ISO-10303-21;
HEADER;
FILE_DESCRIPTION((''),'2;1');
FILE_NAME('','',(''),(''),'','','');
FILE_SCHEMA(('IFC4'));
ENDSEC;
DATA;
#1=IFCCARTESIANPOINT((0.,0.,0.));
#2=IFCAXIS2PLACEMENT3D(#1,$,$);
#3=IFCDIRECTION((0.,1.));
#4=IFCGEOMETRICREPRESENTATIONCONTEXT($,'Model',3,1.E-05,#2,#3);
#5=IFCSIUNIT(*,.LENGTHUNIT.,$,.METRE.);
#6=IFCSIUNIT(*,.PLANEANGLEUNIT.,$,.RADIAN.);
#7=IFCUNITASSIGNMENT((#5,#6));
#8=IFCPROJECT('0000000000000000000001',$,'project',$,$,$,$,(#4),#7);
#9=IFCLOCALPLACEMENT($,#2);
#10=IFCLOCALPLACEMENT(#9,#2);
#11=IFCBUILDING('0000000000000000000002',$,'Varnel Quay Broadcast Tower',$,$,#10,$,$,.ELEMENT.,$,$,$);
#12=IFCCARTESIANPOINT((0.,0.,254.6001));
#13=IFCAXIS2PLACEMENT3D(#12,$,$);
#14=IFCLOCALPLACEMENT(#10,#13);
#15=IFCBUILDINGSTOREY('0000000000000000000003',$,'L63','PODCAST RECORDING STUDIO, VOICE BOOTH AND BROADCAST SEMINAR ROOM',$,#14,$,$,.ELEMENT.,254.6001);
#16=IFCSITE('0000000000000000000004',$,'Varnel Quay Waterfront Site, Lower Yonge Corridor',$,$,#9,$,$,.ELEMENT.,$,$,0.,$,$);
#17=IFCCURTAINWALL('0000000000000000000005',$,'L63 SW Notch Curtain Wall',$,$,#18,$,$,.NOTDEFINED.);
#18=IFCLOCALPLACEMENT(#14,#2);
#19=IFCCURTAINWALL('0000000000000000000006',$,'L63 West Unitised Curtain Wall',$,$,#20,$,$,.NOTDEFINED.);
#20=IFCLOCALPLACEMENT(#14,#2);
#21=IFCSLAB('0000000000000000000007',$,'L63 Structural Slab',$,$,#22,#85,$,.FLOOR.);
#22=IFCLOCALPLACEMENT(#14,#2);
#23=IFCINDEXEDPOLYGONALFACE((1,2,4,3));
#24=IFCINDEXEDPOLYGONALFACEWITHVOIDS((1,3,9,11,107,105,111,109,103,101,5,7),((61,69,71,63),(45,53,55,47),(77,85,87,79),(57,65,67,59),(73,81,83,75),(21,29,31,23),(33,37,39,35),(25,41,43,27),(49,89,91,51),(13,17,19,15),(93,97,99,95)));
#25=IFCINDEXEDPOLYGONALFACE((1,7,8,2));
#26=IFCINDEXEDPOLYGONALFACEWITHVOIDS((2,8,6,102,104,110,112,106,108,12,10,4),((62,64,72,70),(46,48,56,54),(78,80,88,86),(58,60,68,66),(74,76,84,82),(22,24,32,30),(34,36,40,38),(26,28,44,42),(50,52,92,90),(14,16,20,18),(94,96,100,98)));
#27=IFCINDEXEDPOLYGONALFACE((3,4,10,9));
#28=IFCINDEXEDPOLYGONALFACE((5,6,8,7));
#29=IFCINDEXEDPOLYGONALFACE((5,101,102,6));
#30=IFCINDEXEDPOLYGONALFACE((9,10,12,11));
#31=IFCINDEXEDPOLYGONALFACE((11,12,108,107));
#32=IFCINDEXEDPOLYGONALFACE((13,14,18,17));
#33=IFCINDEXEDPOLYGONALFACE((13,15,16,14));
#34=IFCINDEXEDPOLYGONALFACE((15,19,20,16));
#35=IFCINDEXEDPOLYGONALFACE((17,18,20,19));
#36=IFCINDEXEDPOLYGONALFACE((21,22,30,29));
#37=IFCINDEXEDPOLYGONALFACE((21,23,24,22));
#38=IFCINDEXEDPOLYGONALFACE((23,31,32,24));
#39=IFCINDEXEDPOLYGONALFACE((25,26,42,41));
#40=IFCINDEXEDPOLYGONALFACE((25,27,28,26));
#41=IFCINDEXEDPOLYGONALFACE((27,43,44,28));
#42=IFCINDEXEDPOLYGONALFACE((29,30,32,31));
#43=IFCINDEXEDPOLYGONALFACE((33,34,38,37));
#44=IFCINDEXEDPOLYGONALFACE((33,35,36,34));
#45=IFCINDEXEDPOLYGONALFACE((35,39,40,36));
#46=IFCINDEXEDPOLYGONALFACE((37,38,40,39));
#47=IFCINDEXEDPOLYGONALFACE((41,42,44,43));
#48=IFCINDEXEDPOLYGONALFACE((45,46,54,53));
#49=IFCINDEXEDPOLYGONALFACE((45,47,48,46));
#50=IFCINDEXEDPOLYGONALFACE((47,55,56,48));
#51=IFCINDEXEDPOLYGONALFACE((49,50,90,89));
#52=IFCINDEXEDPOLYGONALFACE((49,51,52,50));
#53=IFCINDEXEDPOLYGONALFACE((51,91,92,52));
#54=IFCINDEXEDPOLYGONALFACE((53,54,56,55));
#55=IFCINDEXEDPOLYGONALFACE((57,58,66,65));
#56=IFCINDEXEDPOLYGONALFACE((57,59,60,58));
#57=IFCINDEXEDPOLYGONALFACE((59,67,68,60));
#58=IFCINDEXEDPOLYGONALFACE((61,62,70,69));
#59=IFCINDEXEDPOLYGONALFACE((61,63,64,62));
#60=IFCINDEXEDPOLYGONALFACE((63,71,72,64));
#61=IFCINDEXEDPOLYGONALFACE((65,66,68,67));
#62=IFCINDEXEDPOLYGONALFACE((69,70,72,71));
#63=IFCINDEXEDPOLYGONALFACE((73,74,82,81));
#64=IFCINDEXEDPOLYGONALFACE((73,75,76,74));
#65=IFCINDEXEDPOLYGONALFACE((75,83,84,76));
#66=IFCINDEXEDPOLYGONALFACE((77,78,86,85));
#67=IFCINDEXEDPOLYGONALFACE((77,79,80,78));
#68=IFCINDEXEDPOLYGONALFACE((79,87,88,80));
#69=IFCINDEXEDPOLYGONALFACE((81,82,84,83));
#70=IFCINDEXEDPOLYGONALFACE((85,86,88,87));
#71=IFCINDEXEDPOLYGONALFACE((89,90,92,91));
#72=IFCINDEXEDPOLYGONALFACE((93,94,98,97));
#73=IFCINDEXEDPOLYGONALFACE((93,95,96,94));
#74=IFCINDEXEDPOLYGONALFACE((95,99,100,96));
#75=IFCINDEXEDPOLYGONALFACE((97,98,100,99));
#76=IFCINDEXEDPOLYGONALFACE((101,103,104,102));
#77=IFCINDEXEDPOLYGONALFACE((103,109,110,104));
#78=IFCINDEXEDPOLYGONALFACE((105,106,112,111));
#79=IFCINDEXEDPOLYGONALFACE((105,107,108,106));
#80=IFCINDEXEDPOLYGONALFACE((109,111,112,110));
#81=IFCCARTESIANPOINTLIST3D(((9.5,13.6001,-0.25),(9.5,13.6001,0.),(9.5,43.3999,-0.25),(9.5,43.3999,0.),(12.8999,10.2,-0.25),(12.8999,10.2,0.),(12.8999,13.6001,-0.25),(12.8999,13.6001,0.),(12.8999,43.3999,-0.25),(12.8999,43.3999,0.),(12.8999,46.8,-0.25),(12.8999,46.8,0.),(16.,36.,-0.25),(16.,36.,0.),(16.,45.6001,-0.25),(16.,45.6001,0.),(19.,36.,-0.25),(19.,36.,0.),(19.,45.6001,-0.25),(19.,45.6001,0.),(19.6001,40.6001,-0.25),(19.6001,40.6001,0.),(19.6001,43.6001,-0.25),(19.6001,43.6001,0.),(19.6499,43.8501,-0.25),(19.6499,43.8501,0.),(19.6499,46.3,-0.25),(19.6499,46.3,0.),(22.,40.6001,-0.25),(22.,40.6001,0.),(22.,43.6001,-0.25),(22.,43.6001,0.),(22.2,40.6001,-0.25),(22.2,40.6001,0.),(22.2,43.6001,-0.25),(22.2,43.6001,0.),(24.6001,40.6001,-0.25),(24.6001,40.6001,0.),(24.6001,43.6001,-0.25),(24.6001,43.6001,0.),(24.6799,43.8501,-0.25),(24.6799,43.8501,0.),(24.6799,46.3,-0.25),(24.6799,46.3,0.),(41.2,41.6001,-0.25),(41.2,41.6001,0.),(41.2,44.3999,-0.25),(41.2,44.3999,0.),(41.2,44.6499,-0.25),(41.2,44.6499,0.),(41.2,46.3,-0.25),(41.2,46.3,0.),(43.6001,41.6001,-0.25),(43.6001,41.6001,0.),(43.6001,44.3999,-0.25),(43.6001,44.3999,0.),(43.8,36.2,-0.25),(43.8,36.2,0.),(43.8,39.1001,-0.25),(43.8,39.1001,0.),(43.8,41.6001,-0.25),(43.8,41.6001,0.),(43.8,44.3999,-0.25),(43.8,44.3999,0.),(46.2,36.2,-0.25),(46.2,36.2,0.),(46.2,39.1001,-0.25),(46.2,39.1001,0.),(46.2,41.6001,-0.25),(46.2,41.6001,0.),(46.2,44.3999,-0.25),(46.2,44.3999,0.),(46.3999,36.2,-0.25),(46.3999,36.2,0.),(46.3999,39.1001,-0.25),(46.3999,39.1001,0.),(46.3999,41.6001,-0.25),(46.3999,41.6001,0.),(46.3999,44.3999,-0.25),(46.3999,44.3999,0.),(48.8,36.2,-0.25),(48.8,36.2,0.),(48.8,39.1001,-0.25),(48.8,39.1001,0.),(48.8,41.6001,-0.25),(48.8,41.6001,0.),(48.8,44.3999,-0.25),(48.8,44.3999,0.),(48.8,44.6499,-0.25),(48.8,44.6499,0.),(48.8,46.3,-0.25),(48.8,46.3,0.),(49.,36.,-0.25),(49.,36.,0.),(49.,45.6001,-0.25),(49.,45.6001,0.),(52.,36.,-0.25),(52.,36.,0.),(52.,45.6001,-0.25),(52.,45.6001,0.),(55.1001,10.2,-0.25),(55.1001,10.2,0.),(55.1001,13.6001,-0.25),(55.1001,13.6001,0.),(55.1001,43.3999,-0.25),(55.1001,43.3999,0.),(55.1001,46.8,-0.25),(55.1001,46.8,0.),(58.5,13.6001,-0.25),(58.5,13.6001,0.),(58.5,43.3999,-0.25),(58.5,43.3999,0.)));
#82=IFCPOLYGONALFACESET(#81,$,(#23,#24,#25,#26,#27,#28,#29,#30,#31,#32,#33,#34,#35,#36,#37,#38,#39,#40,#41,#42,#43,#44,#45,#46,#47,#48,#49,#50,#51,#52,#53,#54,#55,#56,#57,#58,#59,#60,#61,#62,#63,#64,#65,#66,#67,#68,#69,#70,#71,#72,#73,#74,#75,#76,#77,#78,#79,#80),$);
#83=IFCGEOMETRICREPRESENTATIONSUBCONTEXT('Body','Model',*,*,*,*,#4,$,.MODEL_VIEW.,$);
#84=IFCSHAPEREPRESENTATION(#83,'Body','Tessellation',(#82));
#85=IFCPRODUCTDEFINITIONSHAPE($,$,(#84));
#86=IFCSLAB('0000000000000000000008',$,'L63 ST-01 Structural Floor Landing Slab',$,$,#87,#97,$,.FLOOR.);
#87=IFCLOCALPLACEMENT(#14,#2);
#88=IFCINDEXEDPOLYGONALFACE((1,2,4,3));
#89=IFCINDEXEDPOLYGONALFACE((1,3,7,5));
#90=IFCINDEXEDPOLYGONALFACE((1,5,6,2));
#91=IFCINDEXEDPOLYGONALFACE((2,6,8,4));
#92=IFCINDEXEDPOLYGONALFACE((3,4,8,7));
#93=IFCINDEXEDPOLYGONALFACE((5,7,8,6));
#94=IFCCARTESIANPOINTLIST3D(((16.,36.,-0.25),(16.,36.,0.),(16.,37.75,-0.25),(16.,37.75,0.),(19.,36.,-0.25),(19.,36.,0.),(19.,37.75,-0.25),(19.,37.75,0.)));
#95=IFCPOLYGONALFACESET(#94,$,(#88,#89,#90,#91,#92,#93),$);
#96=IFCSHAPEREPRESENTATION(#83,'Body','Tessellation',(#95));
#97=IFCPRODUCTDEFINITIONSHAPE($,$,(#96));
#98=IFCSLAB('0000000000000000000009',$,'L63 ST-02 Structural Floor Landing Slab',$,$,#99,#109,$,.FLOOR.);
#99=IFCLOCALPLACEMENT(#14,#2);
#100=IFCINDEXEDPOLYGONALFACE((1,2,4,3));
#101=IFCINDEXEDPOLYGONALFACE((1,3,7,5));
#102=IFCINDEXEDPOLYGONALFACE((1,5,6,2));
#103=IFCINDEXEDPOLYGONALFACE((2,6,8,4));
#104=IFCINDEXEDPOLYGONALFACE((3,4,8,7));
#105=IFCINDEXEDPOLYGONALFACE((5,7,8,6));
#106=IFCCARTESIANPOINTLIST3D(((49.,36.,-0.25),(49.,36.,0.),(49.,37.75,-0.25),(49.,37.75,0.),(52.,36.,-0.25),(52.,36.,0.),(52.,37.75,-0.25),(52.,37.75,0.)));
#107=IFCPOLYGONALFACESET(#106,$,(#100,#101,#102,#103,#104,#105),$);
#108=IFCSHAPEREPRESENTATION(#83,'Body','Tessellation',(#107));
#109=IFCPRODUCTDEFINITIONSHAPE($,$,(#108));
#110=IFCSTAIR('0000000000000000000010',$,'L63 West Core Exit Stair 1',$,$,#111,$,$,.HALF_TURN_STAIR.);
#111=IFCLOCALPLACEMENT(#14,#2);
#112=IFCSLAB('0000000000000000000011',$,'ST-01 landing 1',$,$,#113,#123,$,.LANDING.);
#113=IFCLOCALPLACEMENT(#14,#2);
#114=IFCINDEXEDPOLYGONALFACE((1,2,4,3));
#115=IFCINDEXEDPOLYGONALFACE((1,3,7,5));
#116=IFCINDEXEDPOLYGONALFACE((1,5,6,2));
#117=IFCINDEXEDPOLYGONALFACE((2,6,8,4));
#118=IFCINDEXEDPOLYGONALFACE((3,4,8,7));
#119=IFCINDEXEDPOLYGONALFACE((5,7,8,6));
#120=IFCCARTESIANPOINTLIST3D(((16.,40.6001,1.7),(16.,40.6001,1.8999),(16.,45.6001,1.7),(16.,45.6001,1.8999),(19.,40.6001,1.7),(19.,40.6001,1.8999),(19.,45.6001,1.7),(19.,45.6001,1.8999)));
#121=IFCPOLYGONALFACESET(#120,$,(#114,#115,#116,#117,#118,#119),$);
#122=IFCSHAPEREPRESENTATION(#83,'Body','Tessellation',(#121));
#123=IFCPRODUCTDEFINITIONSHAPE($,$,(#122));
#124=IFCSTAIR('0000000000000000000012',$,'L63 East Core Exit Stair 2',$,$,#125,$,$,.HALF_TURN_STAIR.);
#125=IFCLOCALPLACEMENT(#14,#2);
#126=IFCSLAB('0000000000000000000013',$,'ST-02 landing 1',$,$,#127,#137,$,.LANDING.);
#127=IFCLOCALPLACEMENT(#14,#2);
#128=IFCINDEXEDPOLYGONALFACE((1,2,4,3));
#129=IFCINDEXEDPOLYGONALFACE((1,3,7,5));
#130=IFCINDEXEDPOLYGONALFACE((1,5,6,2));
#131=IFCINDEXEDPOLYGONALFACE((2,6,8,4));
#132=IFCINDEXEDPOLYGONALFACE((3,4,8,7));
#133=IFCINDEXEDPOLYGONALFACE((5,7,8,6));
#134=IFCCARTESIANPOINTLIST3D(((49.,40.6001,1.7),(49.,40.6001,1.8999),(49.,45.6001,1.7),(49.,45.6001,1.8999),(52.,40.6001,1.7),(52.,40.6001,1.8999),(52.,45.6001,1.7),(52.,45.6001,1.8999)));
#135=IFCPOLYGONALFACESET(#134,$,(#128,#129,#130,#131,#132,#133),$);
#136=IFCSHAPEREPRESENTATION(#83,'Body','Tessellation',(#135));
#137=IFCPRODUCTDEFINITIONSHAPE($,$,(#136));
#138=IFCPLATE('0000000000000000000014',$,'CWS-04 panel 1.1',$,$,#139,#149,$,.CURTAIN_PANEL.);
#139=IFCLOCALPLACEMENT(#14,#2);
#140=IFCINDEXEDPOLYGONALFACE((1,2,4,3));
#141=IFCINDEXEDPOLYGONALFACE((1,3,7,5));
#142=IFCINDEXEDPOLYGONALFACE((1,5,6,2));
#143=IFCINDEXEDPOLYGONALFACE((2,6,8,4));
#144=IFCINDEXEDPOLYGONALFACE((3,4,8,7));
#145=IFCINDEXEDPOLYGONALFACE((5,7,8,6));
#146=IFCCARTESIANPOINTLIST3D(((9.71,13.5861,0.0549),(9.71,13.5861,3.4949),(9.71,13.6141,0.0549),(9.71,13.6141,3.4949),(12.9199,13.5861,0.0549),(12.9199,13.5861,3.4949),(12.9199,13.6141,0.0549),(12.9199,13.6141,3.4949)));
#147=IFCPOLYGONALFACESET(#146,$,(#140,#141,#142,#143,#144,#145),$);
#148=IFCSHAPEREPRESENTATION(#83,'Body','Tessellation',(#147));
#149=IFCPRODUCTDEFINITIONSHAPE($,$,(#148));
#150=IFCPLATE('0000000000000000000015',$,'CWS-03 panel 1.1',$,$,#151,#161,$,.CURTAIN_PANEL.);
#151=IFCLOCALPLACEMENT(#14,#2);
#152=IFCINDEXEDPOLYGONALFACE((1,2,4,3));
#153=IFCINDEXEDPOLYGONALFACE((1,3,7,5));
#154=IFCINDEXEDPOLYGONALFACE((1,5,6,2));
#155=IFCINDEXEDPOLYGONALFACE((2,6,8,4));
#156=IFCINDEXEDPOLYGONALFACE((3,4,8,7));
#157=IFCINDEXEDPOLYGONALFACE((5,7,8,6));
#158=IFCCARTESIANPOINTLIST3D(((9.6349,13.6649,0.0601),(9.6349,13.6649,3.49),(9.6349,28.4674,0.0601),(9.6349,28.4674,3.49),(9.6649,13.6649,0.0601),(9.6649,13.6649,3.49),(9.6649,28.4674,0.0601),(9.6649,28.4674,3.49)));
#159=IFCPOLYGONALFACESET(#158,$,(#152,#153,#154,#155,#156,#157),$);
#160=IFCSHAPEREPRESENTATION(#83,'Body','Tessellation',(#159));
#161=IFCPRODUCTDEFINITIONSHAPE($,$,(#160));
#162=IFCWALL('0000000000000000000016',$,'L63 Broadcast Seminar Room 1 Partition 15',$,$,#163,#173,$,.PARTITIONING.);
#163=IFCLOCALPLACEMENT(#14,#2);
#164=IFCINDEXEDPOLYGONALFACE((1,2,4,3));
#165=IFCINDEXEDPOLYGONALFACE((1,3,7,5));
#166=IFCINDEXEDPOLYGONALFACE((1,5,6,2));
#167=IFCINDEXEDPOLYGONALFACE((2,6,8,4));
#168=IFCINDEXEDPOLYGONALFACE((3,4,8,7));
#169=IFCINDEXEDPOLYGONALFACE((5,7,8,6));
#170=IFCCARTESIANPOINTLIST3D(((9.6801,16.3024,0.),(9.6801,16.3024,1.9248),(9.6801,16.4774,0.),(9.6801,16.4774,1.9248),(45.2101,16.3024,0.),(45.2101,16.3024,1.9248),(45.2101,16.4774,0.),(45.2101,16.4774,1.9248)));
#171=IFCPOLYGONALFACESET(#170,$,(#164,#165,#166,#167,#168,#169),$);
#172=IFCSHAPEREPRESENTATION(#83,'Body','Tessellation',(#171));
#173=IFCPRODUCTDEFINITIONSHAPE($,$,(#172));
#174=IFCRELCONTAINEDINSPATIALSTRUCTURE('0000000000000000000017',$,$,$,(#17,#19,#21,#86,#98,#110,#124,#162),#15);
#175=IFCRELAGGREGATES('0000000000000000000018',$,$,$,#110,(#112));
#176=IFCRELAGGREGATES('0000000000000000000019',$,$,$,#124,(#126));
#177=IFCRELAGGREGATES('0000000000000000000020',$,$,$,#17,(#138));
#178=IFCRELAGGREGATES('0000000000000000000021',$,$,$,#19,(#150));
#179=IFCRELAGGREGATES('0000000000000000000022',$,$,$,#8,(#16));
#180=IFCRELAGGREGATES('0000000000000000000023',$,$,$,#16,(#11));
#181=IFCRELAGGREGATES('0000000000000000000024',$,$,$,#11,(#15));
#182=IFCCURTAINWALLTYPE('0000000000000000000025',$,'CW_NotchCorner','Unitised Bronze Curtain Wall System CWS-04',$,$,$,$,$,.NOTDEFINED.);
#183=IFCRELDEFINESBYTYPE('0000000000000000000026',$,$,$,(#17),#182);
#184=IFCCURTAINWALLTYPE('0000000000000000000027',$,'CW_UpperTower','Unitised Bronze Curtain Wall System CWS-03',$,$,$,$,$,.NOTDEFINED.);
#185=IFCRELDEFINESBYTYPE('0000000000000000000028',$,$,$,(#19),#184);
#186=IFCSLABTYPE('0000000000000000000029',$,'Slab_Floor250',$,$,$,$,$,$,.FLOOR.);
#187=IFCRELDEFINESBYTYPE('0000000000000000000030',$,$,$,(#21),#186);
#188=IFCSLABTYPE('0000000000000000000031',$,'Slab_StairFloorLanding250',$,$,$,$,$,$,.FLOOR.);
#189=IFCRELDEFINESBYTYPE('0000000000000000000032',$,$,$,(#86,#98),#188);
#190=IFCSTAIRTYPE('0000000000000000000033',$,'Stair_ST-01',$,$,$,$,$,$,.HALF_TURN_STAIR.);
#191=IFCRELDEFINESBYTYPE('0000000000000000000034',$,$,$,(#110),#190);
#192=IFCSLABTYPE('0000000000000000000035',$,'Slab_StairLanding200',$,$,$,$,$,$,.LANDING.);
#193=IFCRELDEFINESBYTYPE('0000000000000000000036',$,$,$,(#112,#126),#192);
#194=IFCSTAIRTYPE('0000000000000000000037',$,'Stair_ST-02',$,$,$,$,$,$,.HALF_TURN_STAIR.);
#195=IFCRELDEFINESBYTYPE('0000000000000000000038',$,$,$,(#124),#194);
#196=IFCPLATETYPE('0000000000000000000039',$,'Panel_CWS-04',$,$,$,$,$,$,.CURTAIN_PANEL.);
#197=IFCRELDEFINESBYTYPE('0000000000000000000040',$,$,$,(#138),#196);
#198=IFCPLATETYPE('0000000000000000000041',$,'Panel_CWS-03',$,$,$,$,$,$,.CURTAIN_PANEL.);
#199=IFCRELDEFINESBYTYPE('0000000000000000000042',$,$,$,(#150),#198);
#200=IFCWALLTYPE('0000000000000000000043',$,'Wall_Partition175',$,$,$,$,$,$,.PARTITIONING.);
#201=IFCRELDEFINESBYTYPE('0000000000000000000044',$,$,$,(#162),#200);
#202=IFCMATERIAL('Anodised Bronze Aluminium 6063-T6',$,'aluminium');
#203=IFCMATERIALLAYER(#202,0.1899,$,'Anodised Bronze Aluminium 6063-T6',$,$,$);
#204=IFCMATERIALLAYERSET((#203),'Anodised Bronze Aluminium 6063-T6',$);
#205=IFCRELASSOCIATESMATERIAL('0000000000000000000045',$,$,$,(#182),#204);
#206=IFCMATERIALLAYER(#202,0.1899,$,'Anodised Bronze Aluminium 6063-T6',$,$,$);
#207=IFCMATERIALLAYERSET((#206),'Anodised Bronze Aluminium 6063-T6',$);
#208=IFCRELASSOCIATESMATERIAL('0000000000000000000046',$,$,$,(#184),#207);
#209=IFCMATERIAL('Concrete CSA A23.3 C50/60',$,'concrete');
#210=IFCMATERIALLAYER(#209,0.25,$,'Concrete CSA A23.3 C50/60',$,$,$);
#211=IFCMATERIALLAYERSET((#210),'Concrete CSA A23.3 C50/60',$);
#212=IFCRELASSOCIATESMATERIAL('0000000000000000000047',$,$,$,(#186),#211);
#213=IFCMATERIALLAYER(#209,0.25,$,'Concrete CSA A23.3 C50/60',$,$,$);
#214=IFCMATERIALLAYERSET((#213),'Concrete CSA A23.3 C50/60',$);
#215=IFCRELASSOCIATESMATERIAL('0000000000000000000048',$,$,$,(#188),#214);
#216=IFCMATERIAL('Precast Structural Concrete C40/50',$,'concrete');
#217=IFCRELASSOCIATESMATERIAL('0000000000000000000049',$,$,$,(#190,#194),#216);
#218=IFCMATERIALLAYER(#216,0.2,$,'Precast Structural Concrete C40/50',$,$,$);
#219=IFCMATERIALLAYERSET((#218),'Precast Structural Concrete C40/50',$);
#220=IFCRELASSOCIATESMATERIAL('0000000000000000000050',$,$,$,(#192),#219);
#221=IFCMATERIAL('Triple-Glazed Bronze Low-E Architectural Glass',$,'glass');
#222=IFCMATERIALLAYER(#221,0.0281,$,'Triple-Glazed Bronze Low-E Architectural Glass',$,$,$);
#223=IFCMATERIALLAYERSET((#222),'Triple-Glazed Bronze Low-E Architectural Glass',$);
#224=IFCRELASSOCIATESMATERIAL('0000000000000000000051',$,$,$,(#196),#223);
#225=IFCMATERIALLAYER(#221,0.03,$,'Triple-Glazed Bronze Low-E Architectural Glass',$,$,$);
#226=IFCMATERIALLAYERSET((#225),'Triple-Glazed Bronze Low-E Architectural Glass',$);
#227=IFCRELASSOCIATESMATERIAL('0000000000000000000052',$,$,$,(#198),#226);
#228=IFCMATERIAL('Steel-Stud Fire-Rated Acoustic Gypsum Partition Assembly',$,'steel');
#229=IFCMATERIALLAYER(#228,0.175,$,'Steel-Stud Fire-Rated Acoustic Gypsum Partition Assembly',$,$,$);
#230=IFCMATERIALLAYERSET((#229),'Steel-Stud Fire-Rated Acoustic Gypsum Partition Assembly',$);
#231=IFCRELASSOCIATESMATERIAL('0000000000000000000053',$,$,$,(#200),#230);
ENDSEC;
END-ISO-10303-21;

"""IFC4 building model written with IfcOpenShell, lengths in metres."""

from ifc_helpers import new_model, si_unit, direction, frame, frame_2d, origin, origin_2d, place, context, subcontext, project, spatial, polyline, rectangle, outline, extrude, source, transform, mapped, material, layer, layer_set, type_object, type_shapes, element, aggregate, save


model = new_model("IFC4")

# Units and contexts
model_context = context("Model", 3, precision=1e-05, world=origin(), true_north=direction((0.0, 1.0)))
body_context = subcontext(model_context, "Body", "Model", "MODEL_VIEW")
ifc_project = project(units=[si_unit("LENGTHUNIT", "METRE"), si_unit("PLANEANGLEUNIT", "RADIAN")], contexts=[model_context])

# Site, building, storey
site_placement = place(None, origin())
site = spatial("IfcSite", under=ifc_project, at=site_placement, Name="Varnel Quay Waterfront Site, Lower Yonge Corridor", CompositionType="ELEMENT", RefElevation=0.0)
building_placement = place(site_placement, origin())
building = spatial("IfcBuilding", under=site, at=building_placement, Name="Varnel Quay Broadcast Tower", CompositionType="ELEMENT")
storey_placement = place(building_placement, frame((0.0, 0.0, 254.6001)))
storey = spatial("IfcBuildingStorey", under=building, at=storey_placement, Name="L63", Description="PODCAST RECORDING STUDIO, VOICE BOOTH AND BROADCAST SEMINAR ROOM", CompositionType="ELEMENT", Elevation=254.6001)

# Curtain wall
ifc_material_1 = material(Name="Anodised Bronze Aluminium 6063-T6", Category="aluminium")
ifc_layer_1 = layer(ifc_material_1, 0.1899, Name="Anodised Bronze Aluminium 6063-T6")
ifc_layer_set_1 = layer_set([ifc_layer_1], Name="Anodised Bronze Aluminium 6063-T6")
curtain_wall_type_1 = type_object("IfcCurtainWallType", Name="CW_NotchCorner", Description="Unitised Bronze Curtain Wall System CWS-04", PredefinedType="NOTDEFINED", material=ifc_layer_set_1)
curtain_wall_1_placement = place(storey_placement, origin())
curtain_wall_1 = element("IfcCurtainWall", 1, at=curtain_wall_1_placement, inside=storey, type_object=curtain_wall_type_1, Name="L63 SW Notch Curtain Wall", PredefinedType="NOTDEFINED")

# Curtain wall
ifc_layer_2 = layer(ifc_material_1, 0.1899, Name="Anodised Bronze Aluminium 6063-T6")
ifc_layer_set_2 = layer_set([ifc_layer_2], Name="Anodised Bronze Aluminium 6063-T6")
curtain_wall_type_2 = type_object("IfcCurtainWallType", Name="CW_UpperTower", Description="Unitised Bronze Curtain Wall System CWS-03", PredefinedType="NOTDEFINED", material=ifc_layer_set_2)
curtain_wall_2_placement = place(storey_placement, origin())
curtain_wall_2 = element("IfcCurtainWall", 2, at=curtain_wall_2_placement, inside=storey, type_object=curtain_wall_type_2, Name="L63 West Unitised Curtain Wall", PredefinedType="NOTDEFINED")

# Slabs
ifc_material_2 = material(Name="Concrete CSA A23.3 C50/60", Category="concrete")
ifc_layer_3 = layer(ifc_material_2, 0.25, Name="Concrete CSA A23.3 C50/60")
ifc_layer_set_3 = layer_set([ifc_layer_3], Name="Concrete CSA A23.3 C50/60")
slab_type_1 = type_object("IfcSlabType", Name="Slab_Floor250", PredefinedType="FLOOR", material=ifc_layer_set_3)
slab_1_placement = place(storey_placement, frame((0.0, 0.0, -0.25)))
element("IfcSlab", 3, at=slab_1_placement, inside=storey, type_object=slab_type_1, Name="L63 Structural Slab", PredefinedType="FLOOR", context=body_context, shape_type="SweptSolid", body=[
    extrude(outline(polyline([(12.8999, 10.2), (55.1001, 10.2), (55.1001, 13.6001), (58.5, 13.6001), (58.5, 43.3999), (55.1001, 43.3999), (55.1001, 46.8), (12.8999, 46.8), (12.8999, 43.3999), (9.5, 43.3999), (9.5, 13.6001), (12.8999, 13.6001), (12.8999, 10.2)]), holes=[polyline([(19.0, 36.0), (16.0, 36.0), (16.0, 45.6001), (19.0, 45.6001), (19.0, 36.0)]), polyline([(19.6001, 40.6001), (19.6001, 43.6001), (22.0, 43.6001), (22.0, 40.6001), (19.6001, 40.6001)]), polyline([(22.2, 40.6001), (22.2, 43.6001), (24.6001, 43.6001), (24.6001, 40.6001), (22.2, 40.6001)]), polyline([(41.2, 44.3999), (43.6001, 44.3999), (43.6001, 41.6001), (41.2, 41.6001), (41.2, 44.3999)]), polyline([(43.8, 44.3999), (46.2, 44.3999), (46.2, 41.6001), (43.8, 41.6001), (43.8, 44.3999)]), polyline([(19.6499, 43.8501), (19.6499, 46.3), (24.6799, 46.3), (24.6799, 43.8501), (19.6499, 43.8501)]), polyline([(43.8, 39.1001), (46.2, 39.1001), (46.2, 36.2), (43.8, 36.2), (43.8, 39.1001)]), polyline([(46.3999, 39.1001), (48.8, 39.1001), (48.8, 36.2), (46.3999, 36.2), (46.3999, 39.1001)]), polyline([(52.0, 36.0), (49.0, 36.0), (49.0, 45.6001), (52.0, 45.6001), (52.0, 36.0)]), polyline([(46.3999, 44.3999), (48.8, 44.3999), (48.8, 41.6001), (46.3999, 41.6001), (46.3999, 44.3999)]), polyline([(41.2, 46.3), (48.8, 46.3), (48.8, 44.6499), (41.2, 44.6499), (41.2, 46.3)])]), origin(), (0.0, 0.0, 1.0), 0.25),
])
ifc_layer_4 = layer(ifc_material_2, 0.25, Name="Concrete CSA A23.3 C50/60")
ifc_layer_set_4 = layer_set([ifc_layer_4], Name="Concrete CSA A23.3 C50/60")
slab_type_2 = type_object("IfcSlabType", Name="Slab_StairFloorLanding250", PredefinedType="FLOOR", material=ifc_layer_set_4)
slab_2_placement = place(storey_placement, frame((0.0, 0.0, -0.25)))
element("IfcSlab", 4, at=slab_2_placement, inside=storey, type_object=slab_type_2, Name="L63 ST-01 Structural Floor Landing Slab", PredefinedType="FLOOR", context=body_context, shape_type="SweptSolid", body=[
    extrude(outline(polyline([(19.0, 36.0), (19.0, 37.75), (16.0, 37.75), (16.0, 36.0), (19.0, 36.0)])), origin(), (0.0, 0.0, 1.0), 0.25),
])
slab_3_placement = place(storey_placement, frame((0.0, 0.0, -0.25)))
element("IfcSlab", 5, at=slab_3_placement, inside=storey, type_object=slab_type_2, Name="L63 ST-02 Structural Floor Landing Slab", PredefinedType="FLOOR", context=body_context, shape_type="SweptSolid", body=[
    extrude(outline(polyline([(52.0, 36.0), (52.0, 37.75), (49.0, 37.75), (49.0, 36.0), (52.0, 36.0)])), origin(), (0.0, 0.0, 1.0), 0.25),
])

# Stairs, slabs
ifc_material_3 = material(Name="Precast Structural Concrete C40/50", Category="concrete")
stair_type_1 = type_object("IfcStairType", Name="Stair_ST-01", PredefinedType="HALF_TURN_STAIR", material=ifc_material_3)
stair_1_placement = place(storey_placement, origin())
stair_1 = element("IfcStair", 6, at=stair_1_placement, inside=storey, type_object=stair_type_1, Name="L63 West Core Exit Stair 1", PredefinedType="HALF_TURN_STAIR")
ifc_layer_5 = layer(ifc_material_3, 0.2, Name="Precast Structural Concrete C40/50")
ifc_layer_set_5 = layer_set([ifc_layer_5], Name="Precast Structural Concrete C40/50")
slab_type_3 = type_object("IfcSlabType", Name="Slab_StairLanding200", PredefinedType="LANDING", material=ifc_layer_set_5)
slab_4_placement = place(storey_placement, frame((0.0, 0.0, 1.7)))
slab_4 = element("IfcSlab", 7, at=slab_4_placement, type_object=slab_type_3, Name="ST-01 landing 1", PredefinedType="LANDING", context=body_context, shape_type="SweptSolid", body=[
    extrude(outline(polyline([(19.0, 40.6001), (19.0, 45.6001), (16.0, 45.6001), (16.0, 40.6001), (19.0, 40.6001)])), origin(), (0.0, 0.0, 1.0), 0.2),
])
aggregate(stair_1, [slab_4])
stair_type_2 = type_object("IfcStairType", Name="Stair_ST-02", PredefinedType="HALF_TURN_STAIR", material=ifc_material_3)
stair_2_placement = place(storey_placement, origin())
stair_2 = element("IfcStair", 8, at=stair_2_placement, inside=storey, type_object=stair_type_2, Name="L63 East Core Exit Stair 2", PredefinedType="HALF_TURN_STAIR")
slab_5_placement = place(storey_placement, frame((0.0, 0.0, 1.7)))
slab_5 = element("IfcSlab", 9, at=slab_5_placement, type_object=slab_type_3, Name="ST-02 landing 1", PredefinedType="LANDING", context=body_context, shape_type="SweptSolid", body=[
    extrude(outline(polyline([(52.0, 40.6001), (52.0, 45.6001), (49.0, 45.6001), (49.0, 40.6001), (52.0, 40.6001)])), origin(), (0.0, 0.0, 1.0), 0.2),
])
aggregate(stair_2, [slab_5])

# Plates
ifc_material_4 = material(Name="Triple-Glazed Bronze Low-E Architectural Glass", Category="glass")
ifc_layer_6 = layer(ifc_material_4, 0.0281, Name="Triple-Glazed Bronze Low-E Architectural Glass")
ifc_layer_set_6 = layer_set([ifc_layer_6], Name="Triple-Glazed Bronze Low-E Architectural Glass")
plate_type_1 = type_object("IfcPlateType", Name="Panel_CWS-04", PredefinedType="CURTAIN_PANEL", material=ifc_layer_set_6)
shared_shape_1 = source(origin(), body_context, "Body", "SweptSolid", [
    extrude(rectangle(XDim=3.21, YDim=0.0281, at=origin_2d()), origin(), (0.0, 0.0, 1.0), 3.4399),
])
type_shapes(plate_type_1, [shared_shape_1])
plate_1_placement = place(storey_placement, frame((11.3149, 13.6001, 0.0549), z_axis=(0.0, 0.0, 1.0), x_axis=(1.0, 0.0, 0.0)))
plate_1 = element("IfcPlate", 10, at=plate_1_placement, type_object=plate_type_1, Name="CWS-04 panel 1.1", PredefinedType="CURTAIN_PANEL", context=body_context, shape_type="MappedRepresentation", body=[
    mapped(shared_shape_1, transform((0.0, 0.0, 0.0), x_axis=(1.0, 0.0, 0.0), y_axis=(0.0, 1.0, 0.0), z_axis=(0.0, 0.0, 1.0), scale=1.0)),
])
aggregate(curtain_wall_1, [plate_1])
ifc_layer_7 = layer(ifc_material_4, 0.03, Name="Triple-Glazed Bronze Low-E Architectural Glass")
ifc_layer_set_7 = layer_set([ifc_layer_7], Name="Triple-Glazed Bronze Low-E Architectural Glass")
plate_type_2 = type_object("IfcPlateType", Name="Panel_CWS-03", PredefinedType="CURTAIN_PANEL", material=ifc_layer_set_7)
shared_shape_2 = source(origin(), body_context, "Body", "SweptSolid", [
    extrude(rectangle(XDim=14.8025, YDim=0.03, at=origin_2d()), origin(), (0.0, 0.0, 1.0), 3.4299),
])
type_shapes(plate_type_2, [shared_shape_2])
plate_2_placement = place(storey_placement, frame((9.6499, 21.0662, 0.0601), z_axis=(0.0, 0.0, 1.0), x_axis=(0.0, 1.0, 0.0)))
plate_2 = element("IfcPlate", 11, at=plate_2_placement, type_object=plate_type_2, Name="CWS-03 panel 1.1", PredefinedType="CURTAIN_PANEL", context=body_context, shape_type="MappedRepresentation", body=[
    mapped(shared_shape_2, transform((0.0, 0.0, 0.0), x_axis=(1.0, 0.0, 0.0), y_axis=(0.0, 1.0, 0.0), z_axis=(0.0, 0.0, 1.0), scale=1.0)),
])
aggregate(curtain_wall_2, [plate_2])

# Wall
ifc_material_5 = material(Name="Steel-Stud Fire-Rated Acoustic Gypsum Partition Assembly", Category="steel")
ifc_layer_8 = layer(ifc_material_5, 0.175, Name="Steel-Stud Fire-Rated Acoustic Gypsum Partition Assembly")
ifc_layer_set_8 = layer_set([ifc_layer_8], Name="Steel-Stud Fire-Rated Acoustic Gypsum Partition Assembly")
wall_type_1 = type_object("IfcWallType", Name="Wall_Partition175", PredefinedType="PARTITIONING", material=ifc_layer_set_8)
wall_1_placement = place(storey_placement, frame((9.6799, 16.3899, 0.0), z_axis=(0.0, 0.0, 1.0), x_axis=(1.0, 0.0, 0.0)))
element("IfcWall", 12, at=wall_1_placement, inside=storey, type_object=wall_type_1, Name="L63 Broadcast Seminar Room 1 Partition 15", PredefinedType="PARTITIONING", context=body_context, shape_type="SweptSolid", body=[
    extrude(rectangle(XDim=35.53, YDim=0.175, at=frame_2d((17.7651, 0.0))), origin(), (0.0, 0.0, 1.0), 1.9248),
])

save(model, "model.ifc")
